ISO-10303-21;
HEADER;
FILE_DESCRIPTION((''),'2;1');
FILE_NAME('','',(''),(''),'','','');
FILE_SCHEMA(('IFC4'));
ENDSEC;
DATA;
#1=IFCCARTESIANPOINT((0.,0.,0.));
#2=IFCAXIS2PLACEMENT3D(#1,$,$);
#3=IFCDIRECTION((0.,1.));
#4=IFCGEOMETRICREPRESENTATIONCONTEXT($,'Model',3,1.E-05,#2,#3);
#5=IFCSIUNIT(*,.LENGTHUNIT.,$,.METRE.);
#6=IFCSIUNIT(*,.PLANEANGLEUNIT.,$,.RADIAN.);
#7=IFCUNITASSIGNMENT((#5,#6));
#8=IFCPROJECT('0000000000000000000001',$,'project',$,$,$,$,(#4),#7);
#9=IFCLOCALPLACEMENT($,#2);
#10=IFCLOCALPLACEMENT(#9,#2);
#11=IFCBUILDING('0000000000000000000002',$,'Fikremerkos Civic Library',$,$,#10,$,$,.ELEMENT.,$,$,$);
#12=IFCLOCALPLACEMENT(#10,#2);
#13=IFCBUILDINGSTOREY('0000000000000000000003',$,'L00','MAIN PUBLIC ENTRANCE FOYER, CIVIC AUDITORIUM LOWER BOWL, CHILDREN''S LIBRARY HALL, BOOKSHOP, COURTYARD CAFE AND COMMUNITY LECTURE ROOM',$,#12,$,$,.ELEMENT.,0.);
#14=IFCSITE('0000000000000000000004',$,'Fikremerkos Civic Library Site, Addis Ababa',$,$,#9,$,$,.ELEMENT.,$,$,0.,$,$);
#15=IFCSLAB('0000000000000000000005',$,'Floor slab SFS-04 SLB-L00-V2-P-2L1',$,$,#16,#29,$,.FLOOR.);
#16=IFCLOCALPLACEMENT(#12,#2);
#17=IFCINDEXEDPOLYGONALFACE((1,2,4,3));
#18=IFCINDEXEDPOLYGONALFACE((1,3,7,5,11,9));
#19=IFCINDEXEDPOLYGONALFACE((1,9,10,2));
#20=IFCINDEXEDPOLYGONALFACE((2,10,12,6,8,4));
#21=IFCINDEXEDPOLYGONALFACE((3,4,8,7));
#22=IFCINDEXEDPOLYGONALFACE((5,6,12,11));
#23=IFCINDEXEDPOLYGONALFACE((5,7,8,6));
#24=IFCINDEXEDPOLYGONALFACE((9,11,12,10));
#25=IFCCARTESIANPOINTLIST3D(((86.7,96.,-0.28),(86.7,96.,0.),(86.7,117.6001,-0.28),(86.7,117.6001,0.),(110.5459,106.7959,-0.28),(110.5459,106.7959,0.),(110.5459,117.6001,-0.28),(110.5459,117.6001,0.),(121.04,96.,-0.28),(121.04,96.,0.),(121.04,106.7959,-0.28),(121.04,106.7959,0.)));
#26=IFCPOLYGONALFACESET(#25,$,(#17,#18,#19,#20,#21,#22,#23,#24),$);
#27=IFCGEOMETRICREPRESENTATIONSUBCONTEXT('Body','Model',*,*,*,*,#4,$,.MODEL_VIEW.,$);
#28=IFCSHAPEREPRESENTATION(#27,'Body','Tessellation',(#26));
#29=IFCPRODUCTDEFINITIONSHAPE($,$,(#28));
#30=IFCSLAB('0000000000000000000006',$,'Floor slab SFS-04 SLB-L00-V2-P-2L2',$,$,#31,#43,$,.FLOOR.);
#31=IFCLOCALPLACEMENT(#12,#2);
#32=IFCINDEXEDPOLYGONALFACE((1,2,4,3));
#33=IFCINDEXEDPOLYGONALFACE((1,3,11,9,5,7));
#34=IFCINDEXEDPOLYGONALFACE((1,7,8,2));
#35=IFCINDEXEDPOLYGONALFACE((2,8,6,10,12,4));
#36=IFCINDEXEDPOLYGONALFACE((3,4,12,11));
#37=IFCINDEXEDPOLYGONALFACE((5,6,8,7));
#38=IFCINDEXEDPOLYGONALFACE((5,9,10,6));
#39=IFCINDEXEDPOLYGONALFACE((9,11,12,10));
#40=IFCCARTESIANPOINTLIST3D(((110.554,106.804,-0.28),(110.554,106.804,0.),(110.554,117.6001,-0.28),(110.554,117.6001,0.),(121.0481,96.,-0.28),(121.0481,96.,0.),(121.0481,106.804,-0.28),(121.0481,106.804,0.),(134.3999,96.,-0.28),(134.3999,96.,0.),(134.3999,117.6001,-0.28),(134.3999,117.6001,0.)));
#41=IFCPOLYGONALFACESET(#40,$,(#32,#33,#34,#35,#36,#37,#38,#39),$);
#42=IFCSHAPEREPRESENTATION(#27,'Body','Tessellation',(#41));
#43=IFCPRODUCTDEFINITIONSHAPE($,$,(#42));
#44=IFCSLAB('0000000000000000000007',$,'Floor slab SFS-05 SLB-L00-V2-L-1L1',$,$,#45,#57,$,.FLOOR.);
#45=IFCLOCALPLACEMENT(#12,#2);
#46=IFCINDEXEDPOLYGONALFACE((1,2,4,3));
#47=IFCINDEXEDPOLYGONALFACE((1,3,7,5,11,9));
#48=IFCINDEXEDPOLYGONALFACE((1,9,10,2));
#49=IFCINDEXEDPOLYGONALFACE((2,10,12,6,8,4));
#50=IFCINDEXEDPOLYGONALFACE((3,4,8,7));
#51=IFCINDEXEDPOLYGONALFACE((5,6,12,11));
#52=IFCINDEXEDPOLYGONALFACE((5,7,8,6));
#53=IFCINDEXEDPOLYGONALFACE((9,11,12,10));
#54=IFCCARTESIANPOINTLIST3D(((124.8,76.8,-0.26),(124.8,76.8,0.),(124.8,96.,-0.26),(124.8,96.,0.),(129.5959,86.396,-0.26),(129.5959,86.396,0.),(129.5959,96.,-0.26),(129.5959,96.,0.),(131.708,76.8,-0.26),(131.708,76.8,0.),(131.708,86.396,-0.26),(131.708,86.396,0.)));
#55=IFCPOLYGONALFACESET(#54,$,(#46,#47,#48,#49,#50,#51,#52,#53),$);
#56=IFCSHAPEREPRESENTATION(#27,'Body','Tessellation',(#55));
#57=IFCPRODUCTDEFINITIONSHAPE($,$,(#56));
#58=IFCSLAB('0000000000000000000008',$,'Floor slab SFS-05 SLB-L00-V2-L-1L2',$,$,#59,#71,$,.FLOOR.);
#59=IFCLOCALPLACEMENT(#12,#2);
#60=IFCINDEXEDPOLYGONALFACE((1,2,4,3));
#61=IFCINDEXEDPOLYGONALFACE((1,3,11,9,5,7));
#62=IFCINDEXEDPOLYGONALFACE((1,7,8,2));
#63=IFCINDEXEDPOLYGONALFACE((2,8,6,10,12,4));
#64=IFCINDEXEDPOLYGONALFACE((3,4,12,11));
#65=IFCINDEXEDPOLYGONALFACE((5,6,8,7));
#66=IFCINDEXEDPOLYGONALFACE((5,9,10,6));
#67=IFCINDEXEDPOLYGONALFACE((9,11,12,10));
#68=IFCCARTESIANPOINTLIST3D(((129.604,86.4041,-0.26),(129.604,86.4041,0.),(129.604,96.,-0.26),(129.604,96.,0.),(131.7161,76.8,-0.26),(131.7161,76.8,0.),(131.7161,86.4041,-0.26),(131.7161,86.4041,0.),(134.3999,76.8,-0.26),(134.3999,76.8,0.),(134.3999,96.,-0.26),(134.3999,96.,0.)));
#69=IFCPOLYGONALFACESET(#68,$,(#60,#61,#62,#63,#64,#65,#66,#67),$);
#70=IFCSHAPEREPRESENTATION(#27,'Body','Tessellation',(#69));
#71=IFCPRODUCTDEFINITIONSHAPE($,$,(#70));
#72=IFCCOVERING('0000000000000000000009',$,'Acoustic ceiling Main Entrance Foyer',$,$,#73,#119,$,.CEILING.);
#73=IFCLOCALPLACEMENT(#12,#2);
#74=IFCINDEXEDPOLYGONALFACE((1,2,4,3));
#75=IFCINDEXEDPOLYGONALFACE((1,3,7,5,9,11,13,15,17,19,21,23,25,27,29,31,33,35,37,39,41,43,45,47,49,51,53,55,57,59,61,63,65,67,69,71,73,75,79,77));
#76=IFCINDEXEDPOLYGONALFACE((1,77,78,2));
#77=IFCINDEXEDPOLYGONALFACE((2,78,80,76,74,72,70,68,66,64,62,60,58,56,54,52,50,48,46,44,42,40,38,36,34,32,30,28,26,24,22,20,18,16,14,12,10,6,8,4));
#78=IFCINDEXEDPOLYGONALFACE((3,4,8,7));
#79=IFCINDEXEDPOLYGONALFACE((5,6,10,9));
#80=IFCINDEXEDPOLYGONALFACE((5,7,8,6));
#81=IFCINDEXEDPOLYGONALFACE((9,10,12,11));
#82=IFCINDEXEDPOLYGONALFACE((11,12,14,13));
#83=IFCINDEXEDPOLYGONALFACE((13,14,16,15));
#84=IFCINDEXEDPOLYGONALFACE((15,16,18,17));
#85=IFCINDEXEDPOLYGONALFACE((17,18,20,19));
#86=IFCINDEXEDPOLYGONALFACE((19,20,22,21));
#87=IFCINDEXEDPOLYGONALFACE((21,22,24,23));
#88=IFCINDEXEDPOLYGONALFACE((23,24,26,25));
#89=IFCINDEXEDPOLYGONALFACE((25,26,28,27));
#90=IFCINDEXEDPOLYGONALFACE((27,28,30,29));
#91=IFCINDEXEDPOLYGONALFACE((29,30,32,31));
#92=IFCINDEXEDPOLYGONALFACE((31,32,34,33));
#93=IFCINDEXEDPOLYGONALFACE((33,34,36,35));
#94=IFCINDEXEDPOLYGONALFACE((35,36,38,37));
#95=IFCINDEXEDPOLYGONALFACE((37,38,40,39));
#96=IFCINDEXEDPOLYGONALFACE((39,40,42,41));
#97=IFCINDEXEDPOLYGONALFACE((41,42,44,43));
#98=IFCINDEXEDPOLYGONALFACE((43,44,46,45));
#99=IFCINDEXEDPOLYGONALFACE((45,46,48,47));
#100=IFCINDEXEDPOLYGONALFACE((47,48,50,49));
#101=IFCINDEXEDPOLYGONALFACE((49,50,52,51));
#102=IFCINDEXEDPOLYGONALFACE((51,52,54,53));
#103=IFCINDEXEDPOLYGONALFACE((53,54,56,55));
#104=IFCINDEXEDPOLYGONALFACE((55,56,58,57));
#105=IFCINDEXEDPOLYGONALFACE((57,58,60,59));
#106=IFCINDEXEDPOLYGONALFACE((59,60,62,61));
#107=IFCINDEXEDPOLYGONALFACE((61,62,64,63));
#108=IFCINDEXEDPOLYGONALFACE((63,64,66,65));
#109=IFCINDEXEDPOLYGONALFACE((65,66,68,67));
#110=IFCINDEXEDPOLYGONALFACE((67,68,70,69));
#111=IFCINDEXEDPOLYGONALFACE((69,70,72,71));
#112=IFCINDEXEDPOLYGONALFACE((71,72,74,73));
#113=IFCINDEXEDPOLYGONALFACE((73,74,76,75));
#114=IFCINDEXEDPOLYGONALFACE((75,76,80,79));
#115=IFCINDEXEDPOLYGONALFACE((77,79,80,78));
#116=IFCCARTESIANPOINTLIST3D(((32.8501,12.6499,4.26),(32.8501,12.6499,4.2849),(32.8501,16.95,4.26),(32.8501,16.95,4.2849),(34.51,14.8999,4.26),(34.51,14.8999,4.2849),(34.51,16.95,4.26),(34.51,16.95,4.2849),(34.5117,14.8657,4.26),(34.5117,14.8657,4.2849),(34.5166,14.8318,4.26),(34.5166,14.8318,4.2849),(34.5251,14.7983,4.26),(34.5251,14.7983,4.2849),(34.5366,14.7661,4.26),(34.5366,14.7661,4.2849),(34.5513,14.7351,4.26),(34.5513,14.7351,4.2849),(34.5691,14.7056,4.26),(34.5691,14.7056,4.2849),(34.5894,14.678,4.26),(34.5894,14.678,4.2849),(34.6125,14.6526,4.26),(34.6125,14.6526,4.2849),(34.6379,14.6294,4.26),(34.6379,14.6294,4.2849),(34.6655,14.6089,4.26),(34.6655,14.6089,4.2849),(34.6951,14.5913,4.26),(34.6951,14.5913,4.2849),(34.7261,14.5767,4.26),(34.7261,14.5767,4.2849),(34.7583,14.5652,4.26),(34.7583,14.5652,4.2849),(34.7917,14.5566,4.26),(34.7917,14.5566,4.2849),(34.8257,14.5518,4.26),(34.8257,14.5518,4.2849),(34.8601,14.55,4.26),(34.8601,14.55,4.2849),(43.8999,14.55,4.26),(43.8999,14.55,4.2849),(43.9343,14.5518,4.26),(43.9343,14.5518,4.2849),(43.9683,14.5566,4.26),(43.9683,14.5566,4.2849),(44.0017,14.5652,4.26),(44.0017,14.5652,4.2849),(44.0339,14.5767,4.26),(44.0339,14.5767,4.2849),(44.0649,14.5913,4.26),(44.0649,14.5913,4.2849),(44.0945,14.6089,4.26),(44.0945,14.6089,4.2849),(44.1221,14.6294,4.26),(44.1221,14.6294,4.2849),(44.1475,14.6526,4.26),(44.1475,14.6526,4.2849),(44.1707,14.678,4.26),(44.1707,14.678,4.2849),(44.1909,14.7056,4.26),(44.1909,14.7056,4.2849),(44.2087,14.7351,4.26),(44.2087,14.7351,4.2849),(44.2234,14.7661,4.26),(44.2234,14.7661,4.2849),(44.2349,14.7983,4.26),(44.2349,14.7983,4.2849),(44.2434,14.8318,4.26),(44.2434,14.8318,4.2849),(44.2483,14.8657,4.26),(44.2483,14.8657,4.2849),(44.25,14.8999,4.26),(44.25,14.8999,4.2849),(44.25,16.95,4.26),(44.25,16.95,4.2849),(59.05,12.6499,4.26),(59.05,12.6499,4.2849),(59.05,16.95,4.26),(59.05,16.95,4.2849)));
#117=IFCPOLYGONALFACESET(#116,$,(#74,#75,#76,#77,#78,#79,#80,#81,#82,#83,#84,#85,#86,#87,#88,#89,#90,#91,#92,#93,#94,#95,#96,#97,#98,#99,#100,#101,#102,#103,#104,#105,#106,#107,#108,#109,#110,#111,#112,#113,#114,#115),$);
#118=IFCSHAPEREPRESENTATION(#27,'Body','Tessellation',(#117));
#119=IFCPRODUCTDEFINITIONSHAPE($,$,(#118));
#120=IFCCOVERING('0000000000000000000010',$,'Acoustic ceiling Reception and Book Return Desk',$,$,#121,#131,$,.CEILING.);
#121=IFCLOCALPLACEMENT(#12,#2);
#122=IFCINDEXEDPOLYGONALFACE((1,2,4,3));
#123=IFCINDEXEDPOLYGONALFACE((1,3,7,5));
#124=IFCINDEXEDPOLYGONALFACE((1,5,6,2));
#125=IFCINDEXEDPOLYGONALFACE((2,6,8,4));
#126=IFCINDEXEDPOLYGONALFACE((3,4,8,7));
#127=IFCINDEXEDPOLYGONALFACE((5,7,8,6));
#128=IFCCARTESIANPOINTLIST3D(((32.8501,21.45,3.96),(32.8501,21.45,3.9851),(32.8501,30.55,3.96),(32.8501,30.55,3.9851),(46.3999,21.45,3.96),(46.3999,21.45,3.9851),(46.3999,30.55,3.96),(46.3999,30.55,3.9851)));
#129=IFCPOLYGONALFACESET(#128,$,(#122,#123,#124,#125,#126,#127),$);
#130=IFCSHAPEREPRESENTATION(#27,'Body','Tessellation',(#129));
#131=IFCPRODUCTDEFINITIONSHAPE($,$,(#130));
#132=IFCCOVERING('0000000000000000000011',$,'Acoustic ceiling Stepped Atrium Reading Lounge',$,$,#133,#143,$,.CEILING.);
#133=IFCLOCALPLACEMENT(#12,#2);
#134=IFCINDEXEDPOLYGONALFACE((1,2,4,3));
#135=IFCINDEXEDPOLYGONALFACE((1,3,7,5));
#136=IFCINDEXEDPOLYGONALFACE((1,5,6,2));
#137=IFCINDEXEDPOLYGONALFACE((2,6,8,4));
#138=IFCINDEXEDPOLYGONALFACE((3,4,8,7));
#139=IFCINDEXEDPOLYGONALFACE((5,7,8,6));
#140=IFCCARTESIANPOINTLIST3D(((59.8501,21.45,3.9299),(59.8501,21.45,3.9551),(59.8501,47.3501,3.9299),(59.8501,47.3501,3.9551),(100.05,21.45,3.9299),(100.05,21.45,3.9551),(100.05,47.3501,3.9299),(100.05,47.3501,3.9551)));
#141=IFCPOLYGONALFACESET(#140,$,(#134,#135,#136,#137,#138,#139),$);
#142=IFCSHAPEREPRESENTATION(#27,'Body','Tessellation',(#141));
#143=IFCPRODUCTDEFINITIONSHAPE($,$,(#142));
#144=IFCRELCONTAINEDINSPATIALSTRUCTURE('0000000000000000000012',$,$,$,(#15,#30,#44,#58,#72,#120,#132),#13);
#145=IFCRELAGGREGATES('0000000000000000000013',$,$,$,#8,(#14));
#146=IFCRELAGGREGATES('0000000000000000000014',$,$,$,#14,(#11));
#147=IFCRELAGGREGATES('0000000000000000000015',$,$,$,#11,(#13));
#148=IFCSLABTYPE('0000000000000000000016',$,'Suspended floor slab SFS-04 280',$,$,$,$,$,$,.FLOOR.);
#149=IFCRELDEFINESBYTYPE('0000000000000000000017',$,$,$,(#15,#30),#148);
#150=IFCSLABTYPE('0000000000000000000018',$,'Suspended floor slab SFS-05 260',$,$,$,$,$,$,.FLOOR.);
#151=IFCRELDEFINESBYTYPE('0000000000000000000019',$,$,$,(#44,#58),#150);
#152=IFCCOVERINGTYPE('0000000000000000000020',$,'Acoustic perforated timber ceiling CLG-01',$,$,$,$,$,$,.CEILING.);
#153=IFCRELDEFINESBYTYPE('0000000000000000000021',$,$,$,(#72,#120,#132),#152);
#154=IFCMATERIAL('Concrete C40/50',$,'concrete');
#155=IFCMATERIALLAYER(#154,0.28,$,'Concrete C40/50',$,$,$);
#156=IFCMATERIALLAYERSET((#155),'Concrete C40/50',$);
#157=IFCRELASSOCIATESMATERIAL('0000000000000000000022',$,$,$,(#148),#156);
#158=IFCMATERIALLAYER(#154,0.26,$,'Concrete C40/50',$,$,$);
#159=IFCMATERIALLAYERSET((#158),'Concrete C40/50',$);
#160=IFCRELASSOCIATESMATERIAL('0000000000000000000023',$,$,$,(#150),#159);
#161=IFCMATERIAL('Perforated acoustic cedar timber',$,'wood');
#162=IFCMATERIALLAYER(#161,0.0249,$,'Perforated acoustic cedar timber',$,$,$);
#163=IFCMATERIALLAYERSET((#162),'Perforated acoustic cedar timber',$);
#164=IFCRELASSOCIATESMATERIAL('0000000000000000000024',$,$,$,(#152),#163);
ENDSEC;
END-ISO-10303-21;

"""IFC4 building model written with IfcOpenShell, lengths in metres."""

from ifc_helpers import new_model, si_unit, direction, frame, origin, place, context, subcontext, project, spatial, polyline, outline, extrude, material, layer, layer_set, type_object, element, save


model = new_model("IFC4")

# Units and contexts
model_context = context("Model", 3, precision=1e-05, world=origin(), true_north=direction((0.0, 1.0)))
body_context = subcontext(model_context, "Body", "Model", "MODEL_VIEW")
ifc_project = project(units=[si_unit("LENGTHUNIT", "METRE"), si_unit("PLANEANGLEUNIT", "RADIAN")], contexts=[model_context])

# Site, building, storey
site_placement = place(None, origin())
site = spatial("IfcSite", under=ifc_project, at=site_placement, Name="Fikremerkos Civic Library Site, Addis Ababa", CompositionType="ELEMENT", RefElevation=0.0)
building_placement = place(site_placement, origin())
building = spatial("IfcBuilding", under=site, at=building_placement, Name="Fikremerkos Civic Library", CompositionType="ELEMENT")
storey_placement = place(building_placement, origin())
storey = spatial("IfcBuildingStorey", under=building, at=storey_placement, Name="L00", Description="MAIN PUBLIC ENTRANCE FOYER, CIVIC AUDITORIUM LOWER BOWL, CHILDREN'S LIBRARY HALL, BOOKSHOP, COURTYARD CAFE AND COMMUNITY LECTURE ROOM", CompositionType="ELEMENT", Elevation=0.0)

# Shared definitions
ifc_material_1 = material(Name="Concrete C40/50", Category="concrete")

# Slabs
ifc_layer_1 = layer(ifc_material_1, 0.28, Name="Concrete C40/50")
ifc_layer_set_1 = layer_set([ifc_layer_1], Name="Concrete C40/50")
slab_type_1 = type_object("IfcSlabType", Name="Suspended floor slab SFS-04 280", PredefinedType="FLOOR", material=ifc_layer_set_1)
slab_1_placement = place(storey_placement, frame((0.0, 0.0, -0.28)))
element("IfcSlab", 1, at=slab_1_placement, inside=storey, type_object=slab_type_1, Name="Floor slab SFS-04 SLB-L00-V2-P-2L1", PredefinedType="FLOOR", context=body_context, shape_type="SweptSolid", body=[
    extrude(outline(polyline([(86.7, 96.0), (121.04, 96.0), (121.04, 106.7959), (110.5459, 106.7959), (110.5459, 117.6001), (86.7, 117.6001), (86.7, 96.0)])), origin(), (0.0, 0.0, 1.0), 0.28),
])
slab_2_placement = place(storey_placement, frame((0.0, 0.0, -0.28)))
element("IfcSlab", 2, at=slab_2_placement, inside=storey, type_object=slab_type_1, Name="Floor slab SFS-04 SLB-L00-V2-P-2L2", PredefinedType="FLOOR", context=body_context, shape_type="SweptSolid", body=[
    extrude(outline(polyline([(121.0481, 96.0), (134.3999, 96.0), (134.3999, 117.6001), (110.554, 117.6001), (110.554, 106.804), (121.0481, 106.804), (121.0481, 96.0)])), origin(), (0.0, 0.0, 1.0), 0.28),
])
ifc_layer_2 = layer(ifc_material_1, 0.26, Name="Concrete C40/50")
ifc_layer_set_2 = layer_set([ifc_layer_2], Name="Concrete C40/50")
slab_type_2 = type_object("IfcSlabType", Name="Suspended floor slab SFS-05 260", PredefinedType="FLOOR", material=ifc_layer_set_2)
slab_3_placement = place(storey_placement, frame((0.0, 0.0, -0.26)))
element("IfcSlab", 3, at=slab_3_placement, inside=storey, type_object=slab_type_2, Name="Floor slab SFS-05 SLB-L00-V2-L-1L1", PredefinedType="FLOOR", context=body_context, shape_type="SweptSolid", body=[
    extrude(outline(polyline([(124.8, 76.8), (131.708, 76.8), (131.708, 86.396), (129.5959, 86.396), (129.5959, 96.0), (124.8, 96.0), (124.8, 76.8)])), origin(), (0.0, 0.0, 1.0), 0.26),
])
slab_4_placement = place(storey_placement, frame((0.0, 0.0, -0.26)))
element("IfcSlab", 4, at=slab_4_placement, inside=storey, type_object=slab_type_2, Name="Floor slab SFS-05 SLB-L00-V2-L-1L2", PredefinedType="FLOOR", context=body_context, shape_type="SweptSolid", body=[
    extrude(outline(polyline([(131.7161, 76.8), (134.3999, 76.8), (134.3999, 96.0), (129.604, 96.0), (129.604, 86.4041), (131.7161, 86.4041), (131.7161, 76.8)])), origin(), (0.0, 0.0, 1.0), 0.26),
])

# Coverings
ifc_material_2 = material(Name="Perforated acoustic cedar timber", Category="wood")
ifc_layer_3 = layer(ifc_material_2, 0.0249, Name="Perforated acoustic cedar timber")
ifc_layer_set_3 = layer_set([ifc_layer_3], Name="Perforated acoustic cedar timber")
covering_type_1 = type_object("IfcCoveringType", Name="Acoustic perforated timber ceiling CLG-01", PredefinedType="CEILING", material=ifc_layer_set_3)
covering_1_placement = place(storey_placement, frame((0.0, 0.0, 4.26)))
element("IfcCovering", 5, at=covering_1_placement, inside=storey, type_object=covering_type_1, Name="Acoustic ceiling Main Entrance Foyer", PredefinedType="CEILING", context=body_context, shape_type="SweptSolid", body=[
    extrude(outline(polyline([(32.8501, 16.95), (34.51, 16.95), (34.51, 14.8999), (34.5117, 14.8657), (34.5166, 14.8318), (34.5251, 14.7983), (34.5366, 14.7661), (34.5513, 14.7351), (34.5691, 14.7056), (34.5894, 14.678), (34.6125, 14.6526), (34.6379, 14.6294), (34.6655, 14.6089), (34.6951, 14.5913), (34.7261, 14.5767), (34.7583, 14.5652), (34.7917, 14.5566), (34.8257, 14.5518), (34.8601, 14.55), (43.8999, 14.55), (43.9343, 14.5518), (43.9683, 14.5566), (44.0017, 14.5652), (44.0339, 14.5767), (44.0649, 14.5913), (44.0945, 14.6089), (44.1221, 14.6294), (44.1475, 14.6526), (44.1707, 14.678), (44.1909, 14.7056), (44.2087, 14.7351), (44.2234, 14.7661), (44.2349, 14.7983), (44.2434, 14.8318), (44.2483, 14.8657), (44.25, 14.8999), (44.25, 16.95), (59.05, 16.95), (59.05, 12.6499), (32.8501, 12.6499), (32.8501, 16.95)])), origin(), (0.0, 0.0, 1.0), 0.0249),
])
covering_2_placement = place(storey_placement, frame((0.0, 0.0, 3.96)))
element("IfcCovering", 6, at=covering_2_placement, inside=storey, type_object=covering_type_1, Name="Acoustic ceiling Reception and Book Return Desk", PredefinedType="CEILING", context=body_context, shape_type="SweptSolid", body=[
    extrude(outline(polyline([(32.8501, 30.55), (46.3999, 30.55), (46.3999, 21.45), (32.8501, 21.45), (32.8501, 30.55)])), origin(), (0.0, 0.0, 1.0), 0.0251),
])
covering_3_placement = place(storey_placement, frame((0.0, 0.0, 3.9299)))
element("IfcCovering", 7, at=covering_3_placement, inside=storey, type_object=covering_type_1, Name="Acoustic ceiling Stepped Atrium Reading Lounge", PredefinedType="CEILING", context=body_context, shape_type="SweptSolid", body=[
    extrude(outline(polyline([(59.8501, 47.3501), (100.05, 47.3501), (100.05, 21.45), (59.8501, 21.45), (59.8501, 47.3501)])), origin(), (0.0, 0.0, 1.0), 0.0251),
])

save(model, "model.ifc")
